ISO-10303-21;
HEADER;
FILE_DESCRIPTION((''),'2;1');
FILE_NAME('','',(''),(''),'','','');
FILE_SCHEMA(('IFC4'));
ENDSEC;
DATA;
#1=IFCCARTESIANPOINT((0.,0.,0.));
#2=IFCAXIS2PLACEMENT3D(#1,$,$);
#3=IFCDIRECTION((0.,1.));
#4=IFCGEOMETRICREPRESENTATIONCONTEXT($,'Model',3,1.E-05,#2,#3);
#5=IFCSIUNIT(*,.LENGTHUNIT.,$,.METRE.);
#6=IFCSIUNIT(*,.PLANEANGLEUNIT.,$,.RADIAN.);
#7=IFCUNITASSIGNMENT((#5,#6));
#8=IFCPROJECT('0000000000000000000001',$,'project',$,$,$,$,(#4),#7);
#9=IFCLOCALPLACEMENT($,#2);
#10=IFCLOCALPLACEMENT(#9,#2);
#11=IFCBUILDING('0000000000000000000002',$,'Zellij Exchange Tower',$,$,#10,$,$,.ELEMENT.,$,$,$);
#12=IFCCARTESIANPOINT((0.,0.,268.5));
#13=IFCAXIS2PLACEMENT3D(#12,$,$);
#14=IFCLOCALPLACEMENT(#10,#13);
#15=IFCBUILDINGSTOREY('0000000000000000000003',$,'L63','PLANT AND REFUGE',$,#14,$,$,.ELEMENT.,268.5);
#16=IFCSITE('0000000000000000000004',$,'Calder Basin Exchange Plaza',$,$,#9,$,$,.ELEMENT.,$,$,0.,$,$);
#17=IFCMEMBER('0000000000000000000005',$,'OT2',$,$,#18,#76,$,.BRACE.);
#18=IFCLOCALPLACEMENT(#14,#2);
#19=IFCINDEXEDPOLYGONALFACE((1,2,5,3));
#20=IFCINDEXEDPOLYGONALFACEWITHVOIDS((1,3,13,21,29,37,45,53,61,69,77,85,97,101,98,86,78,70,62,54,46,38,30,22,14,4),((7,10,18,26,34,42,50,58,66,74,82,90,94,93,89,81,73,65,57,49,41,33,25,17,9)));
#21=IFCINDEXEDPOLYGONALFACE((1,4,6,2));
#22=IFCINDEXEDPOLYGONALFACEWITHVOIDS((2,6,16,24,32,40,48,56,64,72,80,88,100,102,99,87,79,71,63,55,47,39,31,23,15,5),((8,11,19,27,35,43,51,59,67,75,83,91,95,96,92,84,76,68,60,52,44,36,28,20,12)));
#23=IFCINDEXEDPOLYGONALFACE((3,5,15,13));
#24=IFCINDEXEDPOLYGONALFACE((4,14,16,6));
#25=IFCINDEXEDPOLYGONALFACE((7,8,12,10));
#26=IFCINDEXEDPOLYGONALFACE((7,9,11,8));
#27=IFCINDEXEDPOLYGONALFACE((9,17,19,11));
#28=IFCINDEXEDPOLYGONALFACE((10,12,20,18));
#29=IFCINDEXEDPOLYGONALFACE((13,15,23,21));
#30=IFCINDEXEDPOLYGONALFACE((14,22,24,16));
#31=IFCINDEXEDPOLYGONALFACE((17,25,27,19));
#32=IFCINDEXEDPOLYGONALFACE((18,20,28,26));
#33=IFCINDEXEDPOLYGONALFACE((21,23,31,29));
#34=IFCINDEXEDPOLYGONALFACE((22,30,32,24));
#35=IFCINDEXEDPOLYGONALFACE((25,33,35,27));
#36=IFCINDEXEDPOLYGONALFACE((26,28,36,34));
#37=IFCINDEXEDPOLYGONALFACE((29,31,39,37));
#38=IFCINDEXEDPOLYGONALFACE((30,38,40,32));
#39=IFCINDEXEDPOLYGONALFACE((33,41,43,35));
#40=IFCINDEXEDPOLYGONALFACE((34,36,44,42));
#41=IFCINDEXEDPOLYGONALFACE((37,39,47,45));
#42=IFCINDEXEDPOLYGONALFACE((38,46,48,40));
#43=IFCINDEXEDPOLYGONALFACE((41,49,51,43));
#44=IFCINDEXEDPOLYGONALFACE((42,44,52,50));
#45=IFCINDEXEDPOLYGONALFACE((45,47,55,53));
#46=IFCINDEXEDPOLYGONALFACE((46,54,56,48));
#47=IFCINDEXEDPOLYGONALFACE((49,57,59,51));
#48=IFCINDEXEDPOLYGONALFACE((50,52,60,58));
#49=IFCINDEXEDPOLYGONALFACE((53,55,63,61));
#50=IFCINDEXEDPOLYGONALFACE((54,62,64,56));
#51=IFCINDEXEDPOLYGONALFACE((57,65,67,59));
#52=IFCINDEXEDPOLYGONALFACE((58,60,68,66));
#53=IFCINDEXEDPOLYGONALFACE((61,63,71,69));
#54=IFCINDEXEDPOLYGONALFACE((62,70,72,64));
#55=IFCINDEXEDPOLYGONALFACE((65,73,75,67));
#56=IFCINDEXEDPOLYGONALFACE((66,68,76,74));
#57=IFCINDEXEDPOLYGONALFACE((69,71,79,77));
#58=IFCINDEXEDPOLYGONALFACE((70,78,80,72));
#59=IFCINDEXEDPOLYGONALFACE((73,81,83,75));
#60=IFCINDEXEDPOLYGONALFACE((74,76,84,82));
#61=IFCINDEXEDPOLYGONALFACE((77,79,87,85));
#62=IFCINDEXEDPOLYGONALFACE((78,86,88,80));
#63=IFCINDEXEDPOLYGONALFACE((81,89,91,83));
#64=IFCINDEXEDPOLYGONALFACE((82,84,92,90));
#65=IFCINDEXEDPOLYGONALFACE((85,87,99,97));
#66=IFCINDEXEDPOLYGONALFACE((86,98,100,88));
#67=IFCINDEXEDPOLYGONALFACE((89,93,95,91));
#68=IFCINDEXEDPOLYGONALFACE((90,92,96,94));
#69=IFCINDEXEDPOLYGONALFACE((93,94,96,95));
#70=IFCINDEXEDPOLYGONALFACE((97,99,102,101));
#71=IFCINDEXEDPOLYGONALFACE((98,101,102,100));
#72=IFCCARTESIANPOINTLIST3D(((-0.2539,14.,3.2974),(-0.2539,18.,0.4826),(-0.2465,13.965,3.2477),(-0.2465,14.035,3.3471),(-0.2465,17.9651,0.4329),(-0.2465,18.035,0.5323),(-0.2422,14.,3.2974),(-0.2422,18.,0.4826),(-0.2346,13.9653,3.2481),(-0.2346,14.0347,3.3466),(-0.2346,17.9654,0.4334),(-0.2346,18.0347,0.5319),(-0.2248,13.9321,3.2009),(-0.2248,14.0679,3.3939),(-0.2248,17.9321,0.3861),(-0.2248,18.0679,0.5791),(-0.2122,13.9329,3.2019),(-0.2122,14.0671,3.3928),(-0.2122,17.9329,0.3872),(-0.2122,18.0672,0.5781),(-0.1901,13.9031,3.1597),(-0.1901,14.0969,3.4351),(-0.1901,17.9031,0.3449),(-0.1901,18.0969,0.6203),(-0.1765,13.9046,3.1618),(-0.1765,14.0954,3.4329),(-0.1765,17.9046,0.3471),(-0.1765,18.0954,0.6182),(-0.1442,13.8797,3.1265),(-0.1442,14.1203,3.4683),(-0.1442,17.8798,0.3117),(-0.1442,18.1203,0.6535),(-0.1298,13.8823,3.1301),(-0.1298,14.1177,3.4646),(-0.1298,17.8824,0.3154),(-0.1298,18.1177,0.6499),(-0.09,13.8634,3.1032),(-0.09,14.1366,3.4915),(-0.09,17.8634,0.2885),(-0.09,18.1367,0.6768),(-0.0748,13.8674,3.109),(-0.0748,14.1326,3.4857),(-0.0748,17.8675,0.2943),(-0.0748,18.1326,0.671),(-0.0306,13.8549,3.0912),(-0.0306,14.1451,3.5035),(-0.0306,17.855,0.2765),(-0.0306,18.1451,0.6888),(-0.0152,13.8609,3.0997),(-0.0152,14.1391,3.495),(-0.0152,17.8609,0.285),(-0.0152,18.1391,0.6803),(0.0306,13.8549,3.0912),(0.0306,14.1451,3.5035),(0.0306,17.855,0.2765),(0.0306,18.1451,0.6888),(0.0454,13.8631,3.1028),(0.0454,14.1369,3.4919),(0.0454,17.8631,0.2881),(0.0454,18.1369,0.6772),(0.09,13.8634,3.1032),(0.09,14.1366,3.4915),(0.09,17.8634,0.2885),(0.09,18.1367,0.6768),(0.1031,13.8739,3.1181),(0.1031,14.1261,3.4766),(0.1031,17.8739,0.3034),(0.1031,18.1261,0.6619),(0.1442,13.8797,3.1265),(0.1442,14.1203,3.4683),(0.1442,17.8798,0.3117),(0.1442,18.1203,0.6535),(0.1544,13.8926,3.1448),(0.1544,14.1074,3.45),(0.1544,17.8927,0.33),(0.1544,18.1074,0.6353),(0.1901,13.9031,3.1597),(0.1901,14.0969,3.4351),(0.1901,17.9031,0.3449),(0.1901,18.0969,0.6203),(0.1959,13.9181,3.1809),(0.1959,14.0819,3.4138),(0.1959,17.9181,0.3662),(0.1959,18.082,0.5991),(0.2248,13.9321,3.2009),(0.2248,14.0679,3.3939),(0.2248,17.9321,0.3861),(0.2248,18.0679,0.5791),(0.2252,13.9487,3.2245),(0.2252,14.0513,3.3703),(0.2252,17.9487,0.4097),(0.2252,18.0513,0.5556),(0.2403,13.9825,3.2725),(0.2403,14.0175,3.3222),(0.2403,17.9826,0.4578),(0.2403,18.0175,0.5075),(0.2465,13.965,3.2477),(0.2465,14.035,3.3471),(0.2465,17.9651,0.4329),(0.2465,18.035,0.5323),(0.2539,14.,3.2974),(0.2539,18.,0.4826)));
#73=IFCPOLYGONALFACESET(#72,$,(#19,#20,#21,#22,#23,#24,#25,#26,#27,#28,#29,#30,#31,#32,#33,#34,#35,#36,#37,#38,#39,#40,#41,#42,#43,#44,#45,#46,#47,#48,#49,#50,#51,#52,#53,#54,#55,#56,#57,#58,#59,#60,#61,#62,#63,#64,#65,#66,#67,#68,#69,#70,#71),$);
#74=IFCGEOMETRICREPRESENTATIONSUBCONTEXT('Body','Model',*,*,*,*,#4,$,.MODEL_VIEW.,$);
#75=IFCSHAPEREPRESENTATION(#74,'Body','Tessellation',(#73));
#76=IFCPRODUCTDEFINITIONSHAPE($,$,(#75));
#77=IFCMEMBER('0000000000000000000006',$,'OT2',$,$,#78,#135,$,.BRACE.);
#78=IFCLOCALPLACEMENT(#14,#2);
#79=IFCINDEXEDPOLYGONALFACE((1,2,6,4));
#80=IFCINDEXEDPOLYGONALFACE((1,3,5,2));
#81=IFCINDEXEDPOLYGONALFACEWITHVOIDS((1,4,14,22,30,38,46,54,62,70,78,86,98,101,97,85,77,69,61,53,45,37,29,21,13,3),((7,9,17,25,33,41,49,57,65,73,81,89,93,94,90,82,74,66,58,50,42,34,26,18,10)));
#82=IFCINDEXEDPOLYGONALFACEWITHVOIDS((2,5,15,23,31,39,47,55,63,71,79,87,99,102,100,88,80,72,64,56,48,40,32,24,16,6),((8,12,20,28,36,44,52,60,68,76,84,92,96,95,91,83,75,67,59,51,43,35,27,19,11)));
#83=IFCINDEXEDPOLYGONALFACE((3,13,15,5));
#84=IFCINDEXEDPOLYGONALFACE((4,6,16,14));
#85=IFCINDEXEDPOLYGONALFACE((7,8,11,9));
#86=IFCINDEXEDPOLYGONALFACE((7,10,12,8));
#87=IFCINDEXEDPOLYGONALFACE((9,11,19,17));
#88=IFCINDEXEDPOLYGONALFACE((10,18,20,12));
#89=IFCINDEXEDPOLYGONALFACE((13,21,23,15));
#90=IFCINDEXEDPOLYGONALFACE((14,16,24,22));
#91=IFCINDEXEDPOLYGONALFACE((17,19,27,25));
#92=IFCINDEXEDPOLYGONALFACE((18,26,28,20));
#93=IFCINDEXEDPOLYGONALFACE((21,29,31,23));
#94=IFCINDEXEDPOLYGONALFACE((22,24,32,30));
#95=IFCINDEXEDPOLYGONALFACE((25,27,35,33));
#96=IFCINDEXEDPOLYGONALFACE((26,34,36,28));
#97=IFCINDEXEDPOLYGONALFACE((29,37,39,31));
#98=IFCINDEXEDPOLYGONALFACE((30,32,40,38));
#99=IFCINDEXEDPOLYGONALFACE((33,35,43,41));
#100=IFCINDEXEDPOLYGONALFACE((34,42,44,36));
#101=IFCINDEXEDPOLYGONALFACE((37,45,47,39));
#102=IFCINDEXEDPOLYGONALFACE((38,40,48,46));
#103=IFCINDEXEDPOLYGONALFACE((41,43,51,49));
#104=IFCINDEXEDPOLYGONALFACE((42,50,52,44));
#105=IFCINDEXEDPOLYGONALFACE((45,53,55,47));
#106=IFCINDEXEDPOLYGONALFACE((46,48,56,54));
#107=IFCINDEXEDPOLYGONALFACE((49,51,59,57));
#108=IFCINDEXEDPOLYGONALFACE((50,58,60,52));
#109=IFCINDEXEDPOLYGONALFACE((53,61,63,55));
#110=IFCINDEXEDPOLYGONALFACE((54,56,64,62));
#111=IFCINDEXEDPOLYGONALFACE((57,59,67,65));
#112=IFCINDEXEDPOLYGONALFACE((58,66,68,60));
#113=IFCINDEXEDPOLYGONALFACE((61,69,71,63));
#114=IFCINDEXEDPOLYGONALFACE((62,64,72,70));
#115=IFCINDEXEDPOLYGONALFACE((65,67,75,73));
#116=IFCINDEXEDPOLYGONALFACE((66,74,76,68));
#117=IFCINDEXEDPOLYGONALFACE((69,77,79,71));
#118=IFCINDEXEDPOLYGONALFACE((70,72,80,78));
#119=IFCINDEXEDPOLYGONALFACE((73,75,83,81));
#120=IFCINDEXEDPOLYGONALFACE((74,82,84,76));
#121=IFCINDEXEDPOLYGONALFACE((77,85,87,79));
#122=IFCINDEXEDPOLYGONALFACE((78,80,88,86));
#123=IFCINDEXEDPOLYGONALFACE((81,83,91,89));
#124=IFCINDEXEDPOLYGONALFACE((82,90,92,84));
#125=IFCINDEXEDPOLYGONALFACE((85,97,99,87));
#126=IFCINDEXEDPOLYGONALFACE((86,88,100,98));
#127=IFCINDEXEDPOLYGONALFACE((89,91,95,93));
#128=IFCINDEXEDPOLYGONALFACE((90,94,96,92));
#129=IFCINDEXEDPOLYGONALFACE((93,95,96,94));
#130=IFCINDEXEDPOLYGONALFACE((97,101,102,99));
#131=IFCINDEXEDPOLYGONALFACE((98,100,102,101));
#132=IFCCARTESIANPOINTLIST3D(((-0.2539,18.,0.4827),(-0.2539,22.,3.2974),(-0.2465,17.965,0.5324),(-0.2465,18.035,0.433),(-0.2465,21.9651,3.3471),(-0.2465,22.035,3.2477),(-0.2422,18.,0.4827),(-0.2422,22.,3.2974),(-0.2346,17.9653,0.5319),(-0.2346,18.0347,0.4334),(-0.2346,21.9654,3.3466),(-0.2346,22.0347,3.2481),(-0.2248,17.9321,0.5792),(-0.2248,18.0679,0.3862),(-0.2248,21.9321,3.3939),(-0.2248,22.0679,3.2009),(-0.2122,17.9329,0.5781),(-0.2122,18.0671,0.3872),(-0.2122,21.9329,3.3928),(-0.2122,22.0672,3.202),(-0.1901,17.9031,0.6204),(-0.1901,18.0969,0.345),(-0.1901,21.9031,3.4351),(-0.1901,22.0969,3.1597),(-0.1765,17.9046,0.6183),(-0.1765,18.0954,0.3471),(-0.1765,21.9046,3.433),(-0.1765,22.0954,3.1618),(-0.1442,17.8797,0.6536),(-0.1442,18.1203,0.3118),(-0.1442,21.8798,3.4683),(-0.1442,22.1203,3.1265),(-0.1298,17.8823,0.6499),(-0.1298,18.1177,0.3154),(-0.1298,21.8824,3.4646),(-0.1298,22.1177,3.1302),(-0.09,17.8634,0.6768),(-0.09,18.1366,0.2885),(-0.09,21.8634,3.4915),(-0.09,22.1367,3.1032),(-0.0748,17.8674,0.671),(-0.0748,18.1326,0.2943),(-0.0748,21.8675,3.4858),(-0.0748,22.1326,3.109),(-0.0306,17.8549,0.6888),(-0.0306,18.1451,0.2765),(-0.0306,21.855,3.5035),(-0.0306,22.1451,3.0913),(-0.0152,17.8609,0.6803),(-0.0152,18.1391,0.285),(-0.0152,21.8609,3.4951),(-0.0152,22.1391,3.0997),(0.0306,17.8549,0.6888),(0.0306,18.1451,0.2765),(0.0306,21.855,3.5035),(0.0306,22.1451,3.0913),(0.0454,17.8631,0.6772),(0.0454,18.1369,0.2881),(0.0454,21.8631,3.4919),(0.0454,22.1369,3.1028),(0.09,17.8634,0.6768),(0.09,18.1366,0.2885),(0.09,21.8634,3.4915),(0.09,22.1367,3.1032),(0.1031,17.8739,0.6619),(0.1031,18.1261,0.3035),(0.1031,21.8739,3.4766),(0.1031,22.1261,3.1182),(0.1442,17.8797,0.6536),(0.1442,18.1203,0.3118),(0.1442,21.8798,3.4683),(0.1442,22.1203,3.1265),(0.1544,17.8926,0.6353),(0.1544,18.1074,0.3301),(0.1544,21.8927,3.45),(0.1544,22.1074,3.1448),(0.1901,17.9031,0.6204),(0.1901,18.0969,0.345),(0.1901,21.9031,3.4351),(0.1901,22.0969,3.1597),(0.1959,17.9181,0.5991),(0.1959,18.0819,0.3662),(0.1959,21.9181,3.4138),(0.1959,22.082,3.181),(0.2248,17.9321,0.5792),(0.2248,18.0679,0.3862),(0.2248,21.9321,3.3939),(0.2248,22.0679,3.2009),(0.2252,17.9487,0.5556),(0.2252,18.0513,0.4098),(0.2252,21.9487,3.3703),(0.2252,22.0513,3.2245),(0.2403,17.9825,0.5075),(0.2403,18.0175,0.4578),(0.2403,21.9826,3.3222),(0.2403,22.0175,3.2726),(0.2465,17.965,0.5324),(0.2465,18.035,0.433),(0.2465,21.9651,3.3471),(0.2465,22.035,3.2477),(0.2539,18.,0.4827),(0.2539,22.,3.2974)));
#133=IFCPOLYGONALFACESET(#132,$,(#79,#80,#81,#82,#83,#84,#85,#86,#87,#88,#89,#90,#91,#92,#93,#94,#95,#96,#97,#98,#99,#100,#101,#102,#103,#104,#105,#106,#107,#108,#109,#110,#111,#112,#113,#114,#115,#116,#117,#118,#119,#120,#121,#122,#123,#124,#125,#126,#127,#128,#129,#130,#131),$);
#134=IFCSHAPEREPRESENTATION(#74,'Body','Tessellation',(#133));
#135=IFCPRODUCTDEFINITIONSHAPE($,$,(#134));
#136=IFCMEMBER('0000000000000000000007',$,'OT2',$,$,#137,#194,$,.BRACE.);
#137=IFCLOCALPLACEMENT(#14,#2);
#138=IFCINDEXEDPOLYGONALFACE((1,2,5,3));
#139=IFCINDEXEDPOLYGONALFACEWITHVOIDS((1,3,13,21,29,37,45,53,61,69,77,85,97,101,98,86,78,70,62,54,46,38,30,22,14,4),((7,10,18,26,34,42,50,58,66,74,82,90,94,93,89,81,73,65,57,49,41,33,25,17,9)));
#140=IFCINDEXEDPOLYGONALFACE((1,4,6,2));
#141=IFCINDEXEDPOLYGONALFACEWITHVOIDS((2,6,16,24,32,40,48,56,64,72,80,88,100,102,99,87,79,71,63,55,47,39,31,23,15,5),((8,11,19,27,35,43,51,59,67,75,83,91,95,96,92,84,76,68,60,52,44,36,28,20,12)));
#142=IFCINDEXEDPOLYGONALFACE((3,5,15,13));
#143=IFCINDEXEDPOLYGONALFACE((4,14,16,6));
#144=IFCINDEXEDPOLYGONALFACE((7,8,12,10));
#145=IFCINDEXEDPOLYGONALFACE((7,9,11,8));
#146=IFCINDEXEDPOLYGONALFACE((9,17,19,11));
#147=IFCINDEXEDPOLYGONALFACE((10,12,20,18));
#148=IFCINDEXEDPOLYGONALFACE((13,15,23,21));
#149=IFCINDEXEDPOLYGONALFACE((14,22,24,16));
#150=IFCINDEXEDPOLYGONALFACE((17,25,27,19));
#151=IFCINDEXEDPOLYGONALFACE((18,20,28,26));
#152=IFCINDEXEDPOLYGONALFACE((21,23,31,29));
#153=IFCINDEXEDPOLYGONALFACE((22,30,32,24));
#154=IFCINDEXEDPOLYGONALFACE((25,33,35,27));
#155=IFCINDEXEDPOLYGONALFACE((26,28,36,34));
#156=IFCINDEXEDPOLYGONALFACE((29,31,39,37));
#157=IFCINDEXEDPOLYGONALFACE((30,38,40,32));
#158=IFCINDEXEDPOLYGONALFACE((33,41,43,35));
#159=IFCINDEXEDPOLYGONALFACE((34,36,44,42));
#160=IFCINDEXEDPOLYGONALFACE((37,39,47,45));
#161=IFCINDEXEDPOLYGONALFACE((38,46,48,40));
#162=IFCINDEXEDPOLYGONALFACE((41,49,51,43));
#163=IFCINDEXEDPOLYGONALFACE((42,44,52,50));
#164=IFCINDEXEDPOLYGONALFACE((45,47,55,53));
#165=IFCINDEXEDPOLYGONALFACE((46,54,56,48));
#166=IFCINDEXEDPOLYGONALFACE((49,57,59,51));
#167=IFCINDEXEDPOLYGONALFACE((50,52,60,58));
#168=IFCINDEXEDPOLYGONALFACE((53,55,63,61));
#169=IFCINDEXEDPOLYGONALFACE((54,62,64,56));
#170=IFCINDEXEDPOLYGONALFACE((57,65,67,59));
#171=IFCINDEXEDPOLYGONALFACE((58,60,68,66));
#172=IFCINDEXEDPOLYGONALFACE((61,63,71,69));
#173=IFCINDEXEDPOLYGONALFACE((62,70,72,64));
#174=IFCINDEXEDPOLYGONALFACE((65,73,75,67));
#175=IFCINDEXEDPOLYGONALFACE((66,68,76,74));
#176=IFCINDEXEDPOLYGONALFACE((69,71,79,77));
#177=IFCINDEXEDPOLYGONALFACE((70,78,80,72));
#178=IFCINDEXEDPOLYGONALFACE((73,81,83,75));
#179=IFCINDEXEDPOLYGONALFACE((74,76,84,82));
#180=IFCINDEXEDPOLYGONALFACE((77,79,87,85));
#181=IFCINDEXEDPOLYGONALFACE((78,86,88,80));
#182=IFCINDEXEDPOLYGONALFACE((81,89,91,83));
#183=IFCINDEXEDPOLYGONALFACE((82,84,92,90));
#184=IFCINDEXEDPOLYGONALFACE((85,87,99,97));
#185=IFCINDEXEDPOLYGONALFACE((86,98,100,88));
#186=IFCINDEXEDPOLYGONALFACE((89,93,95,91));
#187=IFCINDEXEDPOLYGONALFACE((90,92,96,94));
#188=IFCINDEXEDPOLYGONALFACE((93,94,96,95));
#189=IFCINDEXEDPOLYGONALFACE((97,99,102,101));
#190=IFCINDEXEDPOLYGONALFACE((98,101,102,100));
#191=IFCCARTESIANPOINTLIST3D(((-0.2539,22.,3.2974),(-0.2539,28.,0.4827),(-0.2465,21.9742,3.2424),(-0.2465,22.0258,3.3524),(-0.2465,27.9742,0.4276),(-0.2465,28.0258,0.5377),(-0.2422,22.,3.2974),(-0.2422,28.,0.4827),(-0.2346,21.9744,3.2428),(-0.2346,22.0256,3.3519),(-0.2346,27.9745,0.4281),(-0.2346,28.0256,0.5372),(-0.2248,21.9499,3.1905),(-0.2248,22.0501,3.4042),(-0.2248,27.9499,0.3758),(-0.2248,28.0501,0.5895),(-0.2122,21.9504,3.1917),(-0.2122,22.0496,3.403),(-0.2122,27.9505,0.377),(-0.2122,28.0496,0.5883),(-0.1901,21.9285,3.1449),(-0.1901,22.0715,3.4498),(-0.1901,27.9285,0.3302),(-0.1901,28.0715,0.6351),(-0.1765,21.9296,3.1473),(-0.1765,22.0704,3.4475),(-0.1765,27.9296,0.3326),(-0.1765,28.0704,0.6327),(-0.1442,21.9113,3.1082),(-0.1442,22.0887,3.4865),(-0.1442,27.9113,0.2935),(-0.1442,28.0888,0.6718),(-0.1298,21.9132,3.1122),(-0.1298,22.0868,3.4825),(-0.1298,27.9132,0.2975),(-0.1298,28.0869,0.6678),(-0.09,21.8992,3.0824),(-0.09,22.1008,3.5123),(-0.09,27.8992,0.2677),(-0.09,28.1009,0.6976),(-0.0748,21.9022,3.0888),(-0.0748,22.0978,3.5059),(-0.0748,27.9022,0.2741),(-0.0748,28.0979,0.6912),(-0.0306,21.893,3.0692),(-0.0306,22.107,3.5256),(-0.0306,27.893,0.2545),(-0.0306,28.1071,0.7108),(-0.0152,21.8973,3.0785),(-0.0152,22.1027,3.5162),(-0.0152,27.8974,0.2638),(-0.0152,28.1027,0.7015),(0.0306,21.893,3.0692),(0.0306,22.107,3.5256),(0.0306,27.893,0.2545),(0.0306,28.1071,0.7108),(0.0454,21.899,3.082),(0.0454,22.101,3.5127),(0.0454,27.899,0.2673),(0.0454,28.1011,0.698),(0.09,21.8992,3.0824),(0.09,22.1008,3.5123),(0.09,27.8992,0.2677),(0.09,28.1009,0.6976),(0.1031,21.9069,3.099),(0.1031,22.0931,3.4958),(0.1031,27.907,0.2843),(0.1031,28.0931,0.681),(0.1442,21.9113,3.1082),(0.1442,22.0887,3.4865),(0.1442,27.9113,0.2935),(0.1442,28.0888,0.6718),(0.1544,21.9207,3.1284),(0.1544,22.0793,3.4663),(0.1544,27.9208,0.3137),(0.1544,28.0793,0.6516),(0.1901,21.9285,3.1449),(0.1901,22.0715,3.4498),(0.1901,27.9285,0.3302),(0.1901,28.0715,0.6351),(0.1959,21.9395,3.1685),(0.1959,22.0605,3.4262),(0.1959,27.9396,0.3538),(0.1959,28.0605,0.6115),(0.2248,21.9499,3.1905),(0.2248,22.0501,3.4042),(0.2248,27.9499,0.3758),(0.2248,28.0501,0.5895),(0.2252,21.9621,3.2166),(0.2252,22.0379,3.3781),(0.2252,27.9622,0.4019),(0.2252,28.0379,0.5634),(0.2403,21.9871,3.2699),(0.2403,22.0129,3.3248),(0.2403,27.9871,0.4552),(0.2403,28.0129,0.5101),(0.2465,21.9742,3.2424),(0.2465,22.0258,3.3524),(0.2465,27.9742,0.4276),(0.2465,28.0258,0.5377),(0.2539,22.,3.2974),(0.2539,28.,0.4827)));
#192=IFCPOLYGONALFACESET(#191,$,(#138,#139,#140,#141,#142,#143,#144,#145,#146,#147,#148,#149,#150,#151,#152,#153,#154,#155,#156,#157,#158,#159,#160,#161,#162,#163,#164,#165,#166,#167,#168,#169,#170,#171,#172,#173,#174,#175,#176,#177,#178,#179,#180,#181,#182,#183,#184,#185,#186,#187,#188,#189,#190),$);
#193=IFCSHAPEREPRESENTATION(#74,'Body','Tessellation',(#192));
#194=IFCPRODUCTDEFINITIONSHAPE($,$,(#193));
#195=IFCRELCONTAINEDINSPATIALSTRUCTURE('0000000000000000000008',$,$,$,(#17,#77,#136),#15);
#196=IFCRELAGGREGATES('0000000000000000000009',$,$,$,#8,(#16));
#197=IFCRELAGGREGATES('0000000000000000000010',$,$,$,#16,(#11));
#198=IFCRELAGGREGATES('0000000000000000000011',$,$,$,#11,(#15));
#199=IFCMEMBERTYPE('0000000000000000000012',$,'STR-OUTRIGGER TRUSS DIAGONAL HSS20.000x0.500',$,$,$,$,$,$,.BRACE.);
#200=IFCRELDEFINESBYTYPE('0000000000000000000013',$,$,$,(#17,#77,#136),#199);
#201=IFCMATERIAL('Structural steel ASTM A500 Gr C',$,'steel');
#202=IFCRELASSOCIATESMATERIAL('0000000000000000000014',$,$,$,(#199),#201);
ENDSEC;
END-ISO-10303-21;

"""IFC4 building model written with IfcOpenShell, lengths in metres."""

from ifc_helpers import new_model, si_unit, direction, frame, origin, origin_2d, place, context, subcontext, project, spatial, hollow_circle, extrude, material, material_profile, profile_set, type_object, element, save


model = new_model("IFC4")

# Units and contexts
model_context = context("Model", 3, precision=1e-05, world=origin(), true_north=direction((0.0, 1.0)))
body_context = subcontext(model_context, "Body", "Model", "MODEL_VIEW")
ifc_project = project(units=[si_unit("LENGTHUNIT", "METRE"), si_unit("PLANEANGLEUNIT", "RADIAN")], contexts=[model_context])

# Site, building, storey
site_placement = place(None, origin())
site = spatial("IfcSite", under=ifc_project, at=site_placement, Name="Calder Basin Exchange Plaza", CompositionType="ELEMENT", RefElevation=0.0)
building_placement = place(site_placement, origin())
building = spatial("IfcBuilding", under=site, at=building_placement, Name="Zellij Exchange Tower", CompositionType="ELEMENT")
storey_placement = place(building_placement, frame((0.0, 0.0, 268.5)))
storey = spatial("IfcBuildingStorey", under=building, at=storey_placement, Name="L63", Description="PLANT AND REFUGE", CompositionType="ELEMENT", Elevation=268.5)

# Members
ifc_material_1 = material(Name="Structural steel ASTM A500 Gr C", Category="steel")
ifc_material_profile_1 = material_profile(ifc_material_1, hollow_circle(Radius=0.2539, WallThickness=0.0117, at=origin_2d()), Name="STR-OUTRIGGER TRUSS DIAGONAL HSS20.000x0.500")
ifc_profile_set_1 = profile_set([ifc_material_profile_1], Name="Structural steel ASTM A500 Gr C")
member_type_1 = type_object("IfcMemberType", Name="STR-OUTRIGGER TRUSS DIAGONAL HSS20.000x0.500", PredefinedType="BRACE", material=ifc_profile_set_1)
for number, where, z_axis, x_axis, name in (
    (1, (0.0, 14.0, 3.2974), (0.0, 0.817818, -0.575477), (-1.0, 0.0, 0.0), "OT2"),
    (2, (0.0, 18.0, 0.4827), (0.0, 0.817818, 0.575477), (-1.0, 0.0, 0.0), "OT2"),
):
    element("IfcMember", number, at=place(storey_placement, frame(where, z_axis=z_axis, x_axis=x_axis)), inside=storey, type_object=member_type_1, Name=name, PredefinedType="BRACE", context=body_context, shape_type="SweptSolid", body=[
        extrude(hollow_circle(Radius=0.2539, WallThickness=0.0117, at=origin_2d()), origin(), (0.0, 0.0, 1.0), 4.8911),
    ])
member_1_placement = place(storey_placement, frame((0.0, 22.0, 3.2974), z_axis=(0.0, 0.905331, -0.424706), x_axis=(-1.0, 0.0, 0.0)))
element("IfcMember", 3, at=member_1_placement, inside=storey, type_object=member_type_1, Name="OT2", PredefinedType="BRACE", context=body_context, shape_type="SweptSolid", body=[
    extrude(hollow_circle(Radius=0.2539, WallThickness=0.0117, at=origin_2d()), origin(), (0.0, 0.0, 1.0), 6.6274),
])

save(model, "model.ifc")
